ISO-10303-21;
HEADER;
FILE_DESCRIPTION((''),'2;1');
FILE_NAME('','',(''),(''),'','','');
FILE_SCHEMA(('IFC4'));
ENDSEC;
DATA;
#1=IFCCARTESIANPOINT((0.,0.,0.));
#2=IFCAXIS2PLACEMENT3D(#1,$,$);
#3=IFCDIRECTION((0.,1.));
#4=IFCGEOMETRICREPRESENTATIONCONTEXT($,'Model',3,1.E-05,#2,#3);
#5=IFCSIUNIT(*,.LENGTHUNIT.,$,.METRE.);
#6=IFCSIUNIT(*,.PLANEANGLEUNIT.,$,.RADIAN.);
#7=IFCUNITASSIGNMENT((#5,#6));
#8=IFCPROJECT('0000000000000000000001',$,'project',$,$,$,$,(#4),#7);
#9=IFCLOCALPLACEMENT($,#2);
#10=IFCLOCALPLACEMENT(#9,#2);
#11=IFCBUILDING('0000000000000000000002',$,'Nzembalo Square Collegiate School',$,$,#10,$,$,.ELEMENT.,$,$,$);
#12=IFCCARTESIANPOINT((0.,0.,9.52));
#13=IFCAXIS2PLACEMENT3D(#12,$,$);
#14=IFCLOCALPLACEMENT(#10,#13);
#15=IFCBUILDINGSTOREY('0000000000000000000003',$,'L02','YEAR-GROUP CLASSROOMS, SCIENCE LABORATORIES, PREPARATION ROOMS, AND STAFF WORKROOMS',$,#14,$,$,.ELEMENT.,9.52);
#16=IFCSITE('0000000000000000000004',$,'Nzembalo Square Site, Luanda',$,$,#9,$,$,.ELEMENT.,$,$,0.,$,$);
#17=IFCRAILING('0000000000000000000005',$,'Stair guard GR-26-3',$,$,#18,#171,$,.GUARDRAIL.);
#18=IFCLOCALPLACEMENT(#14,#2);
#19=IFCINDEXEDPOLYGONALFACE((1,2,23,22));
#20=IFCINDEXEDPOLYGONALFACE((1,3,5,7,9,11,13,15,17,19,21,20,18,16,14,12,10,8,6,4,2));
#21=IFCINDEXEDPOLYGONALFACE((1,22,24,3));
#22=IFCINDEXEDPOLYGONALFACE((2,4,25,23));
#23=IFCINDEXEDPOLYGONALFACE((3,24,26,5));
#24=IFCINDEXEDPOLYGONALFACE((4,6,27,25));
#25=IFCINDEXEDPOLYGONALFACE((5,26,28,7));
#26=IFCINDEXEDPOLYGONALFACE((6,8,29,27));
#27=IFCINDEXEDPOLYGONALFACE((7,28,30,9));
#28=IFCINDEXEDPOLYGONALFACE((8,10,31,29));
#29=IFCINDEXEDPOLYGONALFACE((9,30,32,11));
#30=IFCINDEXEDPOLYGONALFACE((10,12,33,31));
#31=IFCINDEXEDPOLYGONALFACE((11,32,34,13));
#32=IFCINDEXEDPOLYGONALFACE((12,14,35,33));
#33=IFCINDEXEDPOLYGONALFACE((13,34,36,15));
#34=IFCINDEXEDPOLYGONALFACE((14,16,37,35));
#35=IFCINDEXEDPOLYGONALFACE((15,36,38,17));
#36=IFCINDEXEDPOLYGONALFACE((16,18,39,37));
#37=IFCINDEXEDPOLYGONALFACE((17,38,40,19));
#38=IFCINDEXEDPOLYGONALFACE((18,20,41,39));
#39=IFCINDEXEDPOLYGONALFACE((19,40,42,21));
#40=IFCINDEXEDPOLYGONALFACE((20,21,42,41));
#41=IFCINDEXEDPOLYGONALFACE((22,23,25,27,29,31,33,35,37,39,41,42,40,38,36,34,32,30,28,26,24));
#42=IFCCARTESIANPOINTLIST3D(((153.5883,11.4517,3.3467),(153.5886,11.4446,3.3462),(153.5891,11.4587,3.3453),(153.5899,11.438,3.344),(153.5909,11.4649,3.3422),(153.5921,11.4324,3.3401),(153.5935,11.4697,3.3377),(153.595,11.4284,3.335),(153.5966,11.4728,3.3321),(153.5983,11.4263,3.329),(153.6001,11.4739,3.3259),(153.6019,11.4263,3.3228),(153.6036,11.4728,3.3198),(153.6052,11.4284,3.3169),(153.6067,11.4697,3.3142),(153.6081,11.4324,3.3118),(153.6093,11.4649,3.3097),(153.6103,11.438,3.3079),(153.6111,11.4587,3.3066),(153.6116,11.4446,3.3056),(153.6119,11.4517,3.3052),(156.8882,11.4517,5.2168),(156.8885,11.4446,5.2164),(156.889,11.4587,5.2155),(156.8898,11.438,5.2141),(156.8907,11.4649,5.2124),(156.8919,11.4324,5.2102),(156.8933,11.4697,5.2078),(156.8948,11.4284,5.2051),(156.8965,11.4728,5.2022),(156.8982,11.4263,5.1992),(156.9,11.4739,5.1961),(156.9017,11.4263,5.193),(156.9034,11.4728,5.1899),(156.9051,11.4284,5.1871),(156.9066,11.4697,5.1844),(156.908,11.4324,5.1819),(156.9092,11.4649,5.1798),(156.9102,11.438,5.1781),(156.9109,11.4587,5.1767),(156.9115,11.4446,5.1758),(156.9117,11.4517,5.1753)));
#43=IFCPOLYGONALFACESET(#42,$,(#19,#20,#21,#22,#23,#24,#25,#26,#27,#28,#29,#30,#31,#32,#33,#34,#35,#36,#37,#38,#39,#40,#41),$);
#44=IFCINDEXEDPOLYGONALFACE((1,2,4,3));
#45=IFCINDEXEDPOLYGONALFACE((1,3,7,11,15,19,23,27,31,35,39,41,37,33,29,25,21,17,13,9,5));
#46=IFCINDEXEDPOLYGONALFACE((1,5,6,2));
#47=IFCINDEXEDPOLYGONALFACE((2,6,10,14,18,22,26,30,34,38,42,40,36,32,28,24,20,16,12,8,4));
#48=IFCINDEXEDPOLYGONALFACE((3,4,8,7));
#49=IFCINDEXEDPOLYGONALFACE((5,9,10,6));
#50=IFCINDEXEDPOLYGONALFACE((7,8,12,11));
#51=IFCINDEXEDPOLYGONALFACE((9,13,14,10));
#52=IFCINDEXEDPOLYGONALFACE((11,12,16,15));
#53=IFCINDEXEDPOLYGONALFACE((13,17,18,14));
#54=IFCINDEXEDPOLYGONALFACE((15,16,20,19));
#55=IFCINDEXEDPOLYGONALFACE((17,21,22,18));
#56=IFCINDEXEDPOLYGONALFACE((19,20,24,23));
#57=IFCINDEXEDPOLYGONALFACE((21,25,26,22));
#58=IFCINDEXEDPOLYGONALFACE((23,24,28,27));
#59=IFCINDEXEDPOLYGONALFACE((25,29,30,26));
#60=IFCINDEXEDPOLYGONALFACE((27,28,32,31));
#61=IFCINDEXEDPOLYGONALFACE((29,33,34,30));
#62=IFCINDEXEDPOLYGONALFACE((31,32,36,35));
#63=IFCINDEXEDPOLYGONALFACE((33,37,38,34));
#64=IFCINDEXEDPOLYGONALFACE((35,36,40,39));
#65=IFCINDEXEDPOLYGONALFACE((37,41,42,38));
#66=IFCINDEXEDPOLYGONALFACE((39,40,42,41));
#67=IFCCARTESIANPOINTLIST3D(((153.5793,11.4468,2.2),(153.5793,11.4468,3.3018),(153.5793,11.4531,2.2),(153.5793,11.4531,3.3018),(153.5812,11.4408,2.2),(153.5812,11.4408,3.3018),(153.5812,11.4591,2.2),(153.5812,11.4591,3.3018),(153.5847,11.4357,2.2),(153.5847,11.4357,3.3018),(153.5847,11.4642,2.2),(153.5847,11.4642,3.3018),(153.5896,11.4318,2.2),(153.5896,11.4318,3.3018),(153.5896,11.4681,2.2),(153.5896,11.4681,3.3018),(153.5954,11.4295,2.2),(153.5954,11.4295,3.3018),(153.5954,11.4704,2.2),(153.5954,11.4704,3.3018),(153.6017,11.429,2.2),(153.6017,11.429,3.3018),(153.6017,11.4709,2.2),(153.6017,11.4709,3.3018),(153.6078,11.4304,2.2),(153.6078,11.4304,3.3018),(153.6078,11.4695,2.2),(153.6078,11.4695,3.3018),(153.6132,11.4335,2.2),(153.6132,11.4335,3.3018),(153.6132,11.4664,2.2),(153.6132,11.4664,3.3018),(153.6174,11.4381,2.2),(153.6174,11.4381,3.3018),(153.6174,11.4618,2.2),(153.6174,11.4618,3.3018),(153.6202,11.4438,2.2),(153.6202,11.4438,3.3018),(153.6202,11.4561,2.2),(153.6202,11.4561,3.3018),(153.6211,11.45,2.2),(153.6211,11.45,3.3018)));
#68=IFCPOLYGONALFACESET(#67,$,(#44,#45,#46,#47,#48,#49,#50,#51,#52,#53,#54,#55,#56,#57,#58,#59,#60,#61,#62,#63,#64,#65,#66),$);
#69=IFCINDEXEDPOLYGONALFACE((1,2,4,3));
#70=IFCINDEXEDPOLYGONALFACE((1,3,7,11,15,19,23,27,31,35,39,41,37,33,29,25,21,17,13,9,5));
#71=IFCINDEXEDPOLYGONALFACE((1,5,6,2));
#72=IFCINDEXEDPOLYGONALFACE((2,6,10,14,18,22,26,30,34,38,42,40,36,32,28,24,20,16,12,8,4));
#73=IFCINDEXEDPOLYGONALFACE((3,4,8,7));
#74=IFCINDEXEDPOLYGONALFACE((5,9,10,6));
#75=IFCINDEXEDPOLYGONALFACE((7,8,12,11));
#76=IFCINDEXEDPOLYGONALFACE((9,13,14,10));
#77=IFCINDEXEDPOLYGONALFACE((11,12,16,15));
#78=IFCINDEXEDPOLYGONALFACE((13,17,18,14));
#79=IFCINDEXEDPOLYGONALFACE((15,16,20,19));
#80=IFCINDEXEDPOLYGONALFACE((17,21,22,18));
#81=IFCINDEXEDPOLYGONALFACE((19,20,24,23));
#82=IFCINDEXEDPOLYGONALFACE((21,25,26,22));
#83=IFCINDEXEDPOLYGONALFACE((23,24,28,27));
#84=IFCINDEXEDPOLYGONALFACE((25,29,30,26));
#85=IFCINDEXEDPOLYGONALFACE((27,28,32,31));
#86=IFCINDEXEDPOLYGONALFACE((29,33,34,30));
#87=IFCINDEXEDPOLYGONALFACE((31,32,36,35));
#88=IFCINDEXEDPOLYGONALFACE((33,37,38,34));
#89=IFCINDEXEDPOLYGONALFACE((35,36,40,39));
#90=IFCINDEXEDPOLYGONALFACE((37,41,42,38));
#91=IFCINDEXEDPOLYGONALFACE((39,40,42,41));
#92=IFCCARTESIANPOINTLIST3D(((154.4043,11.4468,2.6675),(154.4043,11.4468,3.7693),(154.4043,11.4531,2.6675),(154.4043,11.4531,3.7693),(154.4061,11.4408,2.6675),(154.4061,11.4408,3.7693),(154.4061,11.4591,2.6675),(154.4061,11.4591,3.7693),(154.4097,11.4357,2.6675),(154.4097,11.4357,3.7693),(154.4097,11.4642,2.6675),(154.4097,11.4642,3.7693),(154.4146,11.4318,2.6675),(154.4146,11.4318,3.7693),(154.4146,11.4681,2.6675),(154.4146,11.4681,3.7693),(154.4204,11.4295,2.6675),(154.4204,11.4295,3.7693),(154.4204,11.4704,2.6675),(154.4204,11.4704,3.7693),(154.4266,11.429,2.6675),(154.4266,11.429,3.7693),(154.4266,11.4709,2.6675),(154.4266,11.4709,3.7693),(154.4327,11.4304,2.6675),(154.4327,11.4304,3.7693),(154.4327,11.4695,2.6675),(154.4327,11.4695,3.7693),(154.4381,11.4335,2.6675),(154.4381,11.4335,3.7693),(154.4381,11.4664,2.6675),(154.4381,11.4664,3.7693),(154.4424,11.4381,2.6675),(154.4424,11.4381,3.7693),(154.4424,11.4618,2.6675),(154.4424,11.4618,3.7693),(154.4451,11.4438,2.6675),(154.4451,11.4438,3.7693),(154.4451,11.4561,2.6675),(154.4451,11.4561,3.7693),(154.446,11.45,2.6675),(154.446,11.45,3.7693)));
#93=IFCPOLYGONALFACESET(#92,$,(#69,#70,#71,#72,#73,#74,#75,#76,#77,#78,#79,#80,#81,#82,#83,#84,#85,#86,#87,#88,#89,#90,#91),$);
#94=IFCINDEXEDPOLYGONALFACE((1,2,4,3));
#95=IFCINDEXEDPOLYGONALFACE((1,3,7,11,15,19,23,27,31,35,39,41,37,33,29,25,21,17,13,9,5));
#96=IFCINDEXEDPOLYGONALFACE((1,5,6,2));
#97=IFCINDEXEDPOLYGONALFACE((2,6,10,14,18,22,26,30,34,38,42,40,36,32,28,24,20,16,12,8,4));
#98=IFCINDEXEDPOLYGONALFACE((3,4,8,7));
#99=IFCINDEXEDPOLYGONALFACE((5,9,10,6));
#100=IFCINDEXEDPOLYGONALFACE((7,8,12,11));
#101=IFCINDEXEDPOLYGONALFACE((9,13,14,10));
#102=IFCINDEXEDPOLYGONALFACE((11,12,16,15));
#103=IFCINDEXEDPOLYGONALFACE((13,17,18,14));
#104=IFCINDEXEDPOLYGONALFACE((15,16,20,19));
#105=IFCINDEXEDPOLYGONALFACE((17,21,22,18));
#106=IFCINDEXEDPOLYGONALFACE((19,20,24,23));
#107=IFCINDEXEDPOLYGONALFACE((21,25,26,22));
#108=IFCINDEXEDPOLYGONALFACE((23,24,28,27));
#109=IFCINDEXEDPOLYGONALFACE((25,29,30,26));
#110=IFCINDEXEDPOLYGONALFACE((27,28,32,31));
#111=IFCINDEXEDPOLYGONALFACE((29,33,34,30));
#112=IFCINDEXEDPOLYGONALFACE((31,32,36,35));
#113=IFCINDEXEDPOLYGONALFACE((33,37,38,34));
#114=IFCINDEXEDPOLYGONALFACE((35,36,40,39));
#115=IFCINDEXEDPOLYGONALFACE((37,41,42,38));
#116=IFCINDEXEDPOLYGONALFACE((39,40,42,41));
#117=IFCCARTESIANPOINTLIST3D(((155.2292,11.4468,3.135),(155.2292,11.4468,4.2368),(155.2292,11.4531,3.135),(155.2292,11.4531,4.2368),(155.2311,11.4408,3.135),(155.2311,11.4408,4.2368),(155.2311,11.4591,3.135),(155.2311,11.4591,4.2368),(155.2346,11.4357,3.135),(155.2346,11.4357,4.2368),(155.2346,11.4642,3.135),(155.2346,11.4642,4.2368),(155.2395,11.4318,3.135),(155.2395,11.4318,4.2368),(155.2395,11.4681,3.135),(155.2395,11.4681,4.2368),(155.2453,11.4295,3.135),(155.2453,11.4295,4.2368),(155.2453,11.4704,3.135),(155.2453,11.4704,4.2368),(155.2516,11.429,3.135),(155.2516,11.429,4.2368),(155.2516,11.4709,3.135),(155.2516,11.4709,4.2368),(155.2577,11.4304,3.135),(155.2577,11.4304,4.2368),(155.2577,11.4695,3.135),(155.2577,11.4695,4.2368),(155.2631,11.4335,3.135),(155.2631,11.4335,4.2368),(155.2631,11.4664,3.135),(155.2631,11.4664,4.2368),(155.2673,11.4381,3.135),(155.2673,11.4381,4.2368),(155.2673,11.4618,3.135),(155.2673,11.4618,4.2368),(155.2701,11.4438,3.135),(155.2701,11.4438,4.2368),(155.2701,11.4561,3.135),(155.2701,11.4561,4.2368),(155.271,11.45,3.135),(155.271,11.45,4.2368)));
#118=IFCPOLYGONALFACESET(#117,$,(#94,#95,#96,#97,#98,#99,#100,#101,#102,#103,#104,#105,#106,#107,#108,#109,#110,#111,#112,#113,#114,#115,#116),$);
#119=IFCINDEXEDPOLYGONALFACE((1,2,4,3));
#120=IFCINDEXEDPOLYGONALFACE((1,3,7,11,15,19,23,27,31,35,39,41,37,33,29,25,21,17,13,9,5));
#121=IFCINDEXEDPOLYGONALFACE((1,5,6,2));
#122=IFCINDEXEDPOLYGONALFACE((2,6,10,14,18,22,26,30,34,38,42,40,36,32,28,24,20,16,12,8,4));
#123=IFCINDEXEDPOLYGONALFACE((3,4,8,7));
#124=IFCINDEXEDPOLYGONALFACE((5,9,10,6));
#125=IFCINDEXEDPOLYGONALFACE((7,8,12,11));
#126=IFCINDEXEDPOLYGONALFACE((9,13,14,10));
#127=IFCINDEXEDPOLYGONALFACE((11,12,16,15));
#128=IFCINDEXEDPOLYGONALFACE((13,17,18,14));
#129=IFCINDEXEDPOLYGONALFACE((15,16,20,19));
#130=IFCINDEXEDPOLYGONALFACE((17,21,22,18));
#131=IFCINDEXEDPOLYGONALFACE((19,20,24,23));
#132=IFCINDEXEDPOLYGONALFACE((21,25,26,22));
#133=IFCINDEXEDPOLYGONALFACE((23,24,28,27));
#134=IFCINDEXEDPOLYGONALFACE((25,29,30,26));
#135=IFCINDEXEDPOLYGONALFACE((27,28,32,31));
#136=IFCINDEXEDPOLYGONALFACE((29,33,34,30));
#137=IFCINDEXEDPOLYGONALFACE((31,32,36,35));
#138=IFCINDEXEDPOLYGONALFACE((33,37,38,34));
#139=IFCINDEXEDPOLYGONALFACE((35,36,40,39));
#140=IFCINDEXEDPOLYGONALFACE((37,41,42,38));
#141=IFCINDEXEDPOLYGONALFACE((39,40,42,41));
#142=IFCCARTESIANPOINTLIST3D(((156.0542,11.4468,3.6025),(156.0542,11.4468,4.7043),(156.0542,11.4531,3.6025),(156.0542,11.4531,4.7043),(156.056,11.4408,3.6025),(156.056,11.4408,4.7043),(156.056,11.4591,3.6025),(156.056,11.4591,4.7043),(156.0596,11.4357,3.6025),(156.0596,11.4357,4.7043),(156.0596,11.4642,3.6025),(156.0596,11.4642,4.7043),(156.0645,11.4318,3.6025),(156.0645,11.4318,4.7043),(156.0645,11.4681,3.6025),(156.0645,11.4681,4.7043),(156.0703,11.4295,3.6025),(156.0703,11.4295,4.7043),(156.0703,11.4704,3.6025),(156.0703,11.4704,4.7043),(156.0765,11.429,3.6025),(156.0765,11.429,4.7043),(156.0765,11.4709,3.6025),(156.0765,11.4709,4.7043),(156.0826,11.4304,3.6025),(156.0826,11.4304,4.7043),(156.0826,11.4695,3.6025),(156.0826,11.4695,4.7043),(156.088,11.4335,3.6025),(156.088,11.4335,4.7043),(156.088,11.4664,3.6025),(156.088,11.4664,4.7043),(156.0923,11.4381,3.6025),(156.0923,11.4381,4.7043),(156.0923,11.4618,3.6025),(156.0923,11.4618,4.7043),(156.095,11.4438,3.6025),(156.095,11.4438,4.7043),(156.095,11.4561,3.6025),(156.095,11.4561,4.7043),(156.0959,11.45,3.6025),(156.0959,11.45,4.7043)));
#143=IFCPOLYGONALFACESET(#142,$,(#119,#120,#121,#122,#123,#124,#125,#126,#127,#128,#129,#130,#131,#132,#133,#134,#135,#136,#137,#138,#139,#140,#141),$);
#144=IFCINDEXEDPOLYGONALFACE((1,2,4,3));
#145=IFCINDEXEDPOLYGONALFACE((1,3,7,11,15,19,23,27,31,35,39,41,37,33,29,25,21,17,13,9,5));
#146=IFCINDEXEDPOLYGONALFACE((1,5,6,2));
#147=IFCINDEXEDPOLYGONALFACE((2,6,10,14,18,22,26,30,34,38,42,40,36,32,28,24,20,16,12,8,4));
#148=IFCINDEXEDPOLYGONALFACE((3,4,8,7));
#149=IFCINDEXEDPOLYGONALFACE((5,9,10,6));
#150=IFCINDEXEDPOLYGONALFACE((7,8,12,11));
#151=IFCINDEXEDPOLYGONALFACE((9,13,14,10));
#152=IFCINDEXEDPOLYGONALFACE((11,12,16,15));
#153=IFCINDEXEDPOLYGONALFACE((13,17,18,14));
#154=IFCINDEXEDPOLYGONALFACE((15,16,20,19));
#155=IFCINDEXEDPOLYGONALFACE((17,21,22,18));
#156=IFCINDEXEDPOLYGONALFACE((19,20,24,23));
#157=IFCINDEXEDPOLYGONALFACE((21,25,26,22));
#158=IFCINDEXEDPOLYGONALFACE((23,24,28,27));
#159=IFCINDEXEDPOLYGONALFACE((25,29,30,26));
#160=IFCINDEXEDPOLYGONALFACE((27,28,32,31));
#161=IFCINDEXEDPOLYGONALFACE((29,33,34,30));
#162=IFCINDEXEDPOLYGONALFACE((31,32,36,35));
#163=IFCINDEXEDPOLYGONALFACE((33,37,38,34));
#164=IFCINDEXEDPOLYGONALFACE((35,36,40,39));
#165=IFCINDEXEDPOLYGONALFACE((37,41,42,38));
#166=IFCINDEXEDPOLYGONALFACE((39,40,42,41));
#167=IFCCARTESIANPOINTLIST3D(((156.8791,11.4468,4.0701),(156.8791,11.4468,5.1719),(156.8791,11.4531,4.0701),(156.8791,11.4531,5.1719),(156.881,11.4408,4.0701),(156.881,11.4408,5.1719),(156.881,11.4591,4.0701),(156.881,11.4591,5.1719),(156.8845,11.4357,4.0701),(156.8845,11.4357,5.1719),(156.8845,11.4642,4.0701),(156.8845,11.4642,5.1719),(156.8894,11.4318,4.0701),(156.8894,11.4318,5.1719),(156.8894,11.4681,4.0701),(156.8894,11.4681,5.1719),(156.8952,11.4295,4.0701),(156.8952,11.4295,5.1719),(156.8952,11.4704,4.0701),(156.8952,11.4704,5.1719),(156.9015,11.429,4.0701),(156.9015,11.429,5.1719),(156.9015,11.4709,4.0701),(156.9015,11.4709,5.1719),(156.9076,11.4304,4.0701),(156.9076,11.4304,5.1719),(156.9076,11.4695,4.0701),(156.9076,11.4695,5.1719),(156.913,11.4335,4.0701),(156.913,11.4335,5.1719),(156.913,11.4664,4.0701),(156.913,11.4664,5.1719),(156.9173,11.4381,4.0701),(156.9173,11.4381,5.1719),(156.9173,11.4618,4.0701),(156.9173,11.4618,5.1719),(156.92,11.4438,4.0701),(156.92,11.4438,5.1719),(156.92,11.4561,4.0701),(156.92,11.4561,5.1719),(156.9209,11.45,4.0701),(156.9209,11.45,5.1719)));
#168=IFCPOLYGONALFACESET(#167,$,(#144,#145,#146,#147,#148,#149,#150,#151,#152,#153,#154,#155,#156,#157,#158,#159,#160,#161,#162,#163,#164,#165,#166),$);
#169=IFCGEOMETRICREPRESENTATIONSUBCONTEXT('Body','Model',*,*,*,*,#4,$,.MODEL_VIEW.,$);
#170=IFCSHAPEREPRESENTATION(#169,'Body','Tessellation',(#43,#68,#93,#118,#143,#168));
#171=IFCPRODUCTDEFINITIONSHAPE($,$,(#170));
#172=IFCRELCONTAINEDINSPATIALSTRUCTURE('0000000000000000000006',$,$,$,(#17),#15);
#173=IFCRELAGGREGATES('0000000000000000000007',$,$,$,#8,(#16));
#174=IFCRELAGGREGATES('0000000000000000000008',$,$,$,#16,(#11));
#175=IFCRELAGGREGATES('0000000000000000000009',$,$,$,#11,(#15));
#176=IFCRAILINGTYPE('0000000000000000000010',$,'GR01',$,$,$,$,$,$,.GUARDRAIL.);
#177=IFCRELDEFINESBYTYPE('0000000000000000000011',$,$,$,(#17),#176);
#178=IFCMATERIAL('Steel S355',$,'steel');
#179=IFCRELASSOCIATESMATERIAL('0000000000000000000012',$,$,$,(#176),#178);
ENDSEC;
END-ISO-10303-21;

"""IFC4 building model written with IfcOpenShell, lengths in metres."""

from ifc_helpers import new_model, si_unit, direction, frame, origin, origin_2d, place, context, subcontext, project, spatial, circle, extrude, material, type_object, element, save


model = new_model("IFC4")

# Units and contexts
model_context = context("Model", 3, precision=1e-05, world=origin(), true_north=direction((0.0, 1.0)))
body_context = subcontext(model_context, "Body", "Model", "MODEL_VIEW")
ifc_project = project(units=[si_unit("LENGTHUNIT", "METRE"), si_unit("PLANEANGLEUNIT", "RADIAN")], contexts=[model_context])

# Site, building, storey
site_placement = place(None, origin())
site = spatial("IfcSite", under=ifc_project, at=site_placement, Name="Nzembalo Square Site, Luanda", CompositionType="ELEMENT", RefElevation=0.0)
building_placement = place(site_placement, origin())
building = spatial("IfcBuilding", under=site, at=building_placement, Name="Nzembalo Square Collegiate School", CompositionType="ELEMENT")
storey_placement = place(building_placement, frame((0.0, 0.0, 9.52)))
storey = spatial("IfcBuildingStorey", under=building, at=storey_placement, Name="L02", Description="YEAR-GROUP CLASSROOMS, SCIENCE LABORATORIES, PREPARATION ROOMS, AND STAFF WORKROOMS", CompositionType="ELEMENT", Elevation=9.52)

# Railing
ifc_material_1 = material(Name="Steel S355", Category="steel")
railing_type_1 = type_object("IfcRailingType", Name="GR01", PredefinedType="GUARDRAIL", material=ifc_material_1)
railing_1_placement = place(storey_placement, frame((153.6001, 11.45, 2.2)))
element("IfcRailing", 1, at=railing_1_placement, inside=storey, type_object=railing_type_1, Name="Stair guard GR-26-3", PredefinedType="GUARDRAIL", context=body_context, shape_type="SweptSolid", body=[
    extrude(circle(Radius=0.0239, at=origin_2d()), frame((0.0, 0.0, 1.126), z_axis=(0.869996, 0.0, 0.493058), x_axis=(0.0, 1.0, 0.0)), (0.0, 0.0, 1.0), 3.793),
    extrude(circle(Radius=0.021, at=origin_2d()), origin(), (0.0, 0.0, 1.0), 1.1018),
    extrude(circle(Radius=0.021, at=origin_2d()), frame((0.825, 0.0, 0.4675)), (0.0, 0.0, 1.0), 1.1018),
    extrude(circle(Radius=0.021, at=origin_2d()), frame((1.6499, 0.0, 0.9351)), (0.0, 0.0, 1.0), 1.1018),
    extrude(circle(Radius=0.021, at=origin_2d()), frame((2.4749, 0.0, 1.4026)), (0.0, 0.0, 1.0), 1.1018),
    extrude(circle(Radius=0.021, at=origin_2d()), frame((3.2998, 0.0, 1.8701)), (0.0, 0.0, 1.0), 1.1018),
])

save(model, "model.ifc")
